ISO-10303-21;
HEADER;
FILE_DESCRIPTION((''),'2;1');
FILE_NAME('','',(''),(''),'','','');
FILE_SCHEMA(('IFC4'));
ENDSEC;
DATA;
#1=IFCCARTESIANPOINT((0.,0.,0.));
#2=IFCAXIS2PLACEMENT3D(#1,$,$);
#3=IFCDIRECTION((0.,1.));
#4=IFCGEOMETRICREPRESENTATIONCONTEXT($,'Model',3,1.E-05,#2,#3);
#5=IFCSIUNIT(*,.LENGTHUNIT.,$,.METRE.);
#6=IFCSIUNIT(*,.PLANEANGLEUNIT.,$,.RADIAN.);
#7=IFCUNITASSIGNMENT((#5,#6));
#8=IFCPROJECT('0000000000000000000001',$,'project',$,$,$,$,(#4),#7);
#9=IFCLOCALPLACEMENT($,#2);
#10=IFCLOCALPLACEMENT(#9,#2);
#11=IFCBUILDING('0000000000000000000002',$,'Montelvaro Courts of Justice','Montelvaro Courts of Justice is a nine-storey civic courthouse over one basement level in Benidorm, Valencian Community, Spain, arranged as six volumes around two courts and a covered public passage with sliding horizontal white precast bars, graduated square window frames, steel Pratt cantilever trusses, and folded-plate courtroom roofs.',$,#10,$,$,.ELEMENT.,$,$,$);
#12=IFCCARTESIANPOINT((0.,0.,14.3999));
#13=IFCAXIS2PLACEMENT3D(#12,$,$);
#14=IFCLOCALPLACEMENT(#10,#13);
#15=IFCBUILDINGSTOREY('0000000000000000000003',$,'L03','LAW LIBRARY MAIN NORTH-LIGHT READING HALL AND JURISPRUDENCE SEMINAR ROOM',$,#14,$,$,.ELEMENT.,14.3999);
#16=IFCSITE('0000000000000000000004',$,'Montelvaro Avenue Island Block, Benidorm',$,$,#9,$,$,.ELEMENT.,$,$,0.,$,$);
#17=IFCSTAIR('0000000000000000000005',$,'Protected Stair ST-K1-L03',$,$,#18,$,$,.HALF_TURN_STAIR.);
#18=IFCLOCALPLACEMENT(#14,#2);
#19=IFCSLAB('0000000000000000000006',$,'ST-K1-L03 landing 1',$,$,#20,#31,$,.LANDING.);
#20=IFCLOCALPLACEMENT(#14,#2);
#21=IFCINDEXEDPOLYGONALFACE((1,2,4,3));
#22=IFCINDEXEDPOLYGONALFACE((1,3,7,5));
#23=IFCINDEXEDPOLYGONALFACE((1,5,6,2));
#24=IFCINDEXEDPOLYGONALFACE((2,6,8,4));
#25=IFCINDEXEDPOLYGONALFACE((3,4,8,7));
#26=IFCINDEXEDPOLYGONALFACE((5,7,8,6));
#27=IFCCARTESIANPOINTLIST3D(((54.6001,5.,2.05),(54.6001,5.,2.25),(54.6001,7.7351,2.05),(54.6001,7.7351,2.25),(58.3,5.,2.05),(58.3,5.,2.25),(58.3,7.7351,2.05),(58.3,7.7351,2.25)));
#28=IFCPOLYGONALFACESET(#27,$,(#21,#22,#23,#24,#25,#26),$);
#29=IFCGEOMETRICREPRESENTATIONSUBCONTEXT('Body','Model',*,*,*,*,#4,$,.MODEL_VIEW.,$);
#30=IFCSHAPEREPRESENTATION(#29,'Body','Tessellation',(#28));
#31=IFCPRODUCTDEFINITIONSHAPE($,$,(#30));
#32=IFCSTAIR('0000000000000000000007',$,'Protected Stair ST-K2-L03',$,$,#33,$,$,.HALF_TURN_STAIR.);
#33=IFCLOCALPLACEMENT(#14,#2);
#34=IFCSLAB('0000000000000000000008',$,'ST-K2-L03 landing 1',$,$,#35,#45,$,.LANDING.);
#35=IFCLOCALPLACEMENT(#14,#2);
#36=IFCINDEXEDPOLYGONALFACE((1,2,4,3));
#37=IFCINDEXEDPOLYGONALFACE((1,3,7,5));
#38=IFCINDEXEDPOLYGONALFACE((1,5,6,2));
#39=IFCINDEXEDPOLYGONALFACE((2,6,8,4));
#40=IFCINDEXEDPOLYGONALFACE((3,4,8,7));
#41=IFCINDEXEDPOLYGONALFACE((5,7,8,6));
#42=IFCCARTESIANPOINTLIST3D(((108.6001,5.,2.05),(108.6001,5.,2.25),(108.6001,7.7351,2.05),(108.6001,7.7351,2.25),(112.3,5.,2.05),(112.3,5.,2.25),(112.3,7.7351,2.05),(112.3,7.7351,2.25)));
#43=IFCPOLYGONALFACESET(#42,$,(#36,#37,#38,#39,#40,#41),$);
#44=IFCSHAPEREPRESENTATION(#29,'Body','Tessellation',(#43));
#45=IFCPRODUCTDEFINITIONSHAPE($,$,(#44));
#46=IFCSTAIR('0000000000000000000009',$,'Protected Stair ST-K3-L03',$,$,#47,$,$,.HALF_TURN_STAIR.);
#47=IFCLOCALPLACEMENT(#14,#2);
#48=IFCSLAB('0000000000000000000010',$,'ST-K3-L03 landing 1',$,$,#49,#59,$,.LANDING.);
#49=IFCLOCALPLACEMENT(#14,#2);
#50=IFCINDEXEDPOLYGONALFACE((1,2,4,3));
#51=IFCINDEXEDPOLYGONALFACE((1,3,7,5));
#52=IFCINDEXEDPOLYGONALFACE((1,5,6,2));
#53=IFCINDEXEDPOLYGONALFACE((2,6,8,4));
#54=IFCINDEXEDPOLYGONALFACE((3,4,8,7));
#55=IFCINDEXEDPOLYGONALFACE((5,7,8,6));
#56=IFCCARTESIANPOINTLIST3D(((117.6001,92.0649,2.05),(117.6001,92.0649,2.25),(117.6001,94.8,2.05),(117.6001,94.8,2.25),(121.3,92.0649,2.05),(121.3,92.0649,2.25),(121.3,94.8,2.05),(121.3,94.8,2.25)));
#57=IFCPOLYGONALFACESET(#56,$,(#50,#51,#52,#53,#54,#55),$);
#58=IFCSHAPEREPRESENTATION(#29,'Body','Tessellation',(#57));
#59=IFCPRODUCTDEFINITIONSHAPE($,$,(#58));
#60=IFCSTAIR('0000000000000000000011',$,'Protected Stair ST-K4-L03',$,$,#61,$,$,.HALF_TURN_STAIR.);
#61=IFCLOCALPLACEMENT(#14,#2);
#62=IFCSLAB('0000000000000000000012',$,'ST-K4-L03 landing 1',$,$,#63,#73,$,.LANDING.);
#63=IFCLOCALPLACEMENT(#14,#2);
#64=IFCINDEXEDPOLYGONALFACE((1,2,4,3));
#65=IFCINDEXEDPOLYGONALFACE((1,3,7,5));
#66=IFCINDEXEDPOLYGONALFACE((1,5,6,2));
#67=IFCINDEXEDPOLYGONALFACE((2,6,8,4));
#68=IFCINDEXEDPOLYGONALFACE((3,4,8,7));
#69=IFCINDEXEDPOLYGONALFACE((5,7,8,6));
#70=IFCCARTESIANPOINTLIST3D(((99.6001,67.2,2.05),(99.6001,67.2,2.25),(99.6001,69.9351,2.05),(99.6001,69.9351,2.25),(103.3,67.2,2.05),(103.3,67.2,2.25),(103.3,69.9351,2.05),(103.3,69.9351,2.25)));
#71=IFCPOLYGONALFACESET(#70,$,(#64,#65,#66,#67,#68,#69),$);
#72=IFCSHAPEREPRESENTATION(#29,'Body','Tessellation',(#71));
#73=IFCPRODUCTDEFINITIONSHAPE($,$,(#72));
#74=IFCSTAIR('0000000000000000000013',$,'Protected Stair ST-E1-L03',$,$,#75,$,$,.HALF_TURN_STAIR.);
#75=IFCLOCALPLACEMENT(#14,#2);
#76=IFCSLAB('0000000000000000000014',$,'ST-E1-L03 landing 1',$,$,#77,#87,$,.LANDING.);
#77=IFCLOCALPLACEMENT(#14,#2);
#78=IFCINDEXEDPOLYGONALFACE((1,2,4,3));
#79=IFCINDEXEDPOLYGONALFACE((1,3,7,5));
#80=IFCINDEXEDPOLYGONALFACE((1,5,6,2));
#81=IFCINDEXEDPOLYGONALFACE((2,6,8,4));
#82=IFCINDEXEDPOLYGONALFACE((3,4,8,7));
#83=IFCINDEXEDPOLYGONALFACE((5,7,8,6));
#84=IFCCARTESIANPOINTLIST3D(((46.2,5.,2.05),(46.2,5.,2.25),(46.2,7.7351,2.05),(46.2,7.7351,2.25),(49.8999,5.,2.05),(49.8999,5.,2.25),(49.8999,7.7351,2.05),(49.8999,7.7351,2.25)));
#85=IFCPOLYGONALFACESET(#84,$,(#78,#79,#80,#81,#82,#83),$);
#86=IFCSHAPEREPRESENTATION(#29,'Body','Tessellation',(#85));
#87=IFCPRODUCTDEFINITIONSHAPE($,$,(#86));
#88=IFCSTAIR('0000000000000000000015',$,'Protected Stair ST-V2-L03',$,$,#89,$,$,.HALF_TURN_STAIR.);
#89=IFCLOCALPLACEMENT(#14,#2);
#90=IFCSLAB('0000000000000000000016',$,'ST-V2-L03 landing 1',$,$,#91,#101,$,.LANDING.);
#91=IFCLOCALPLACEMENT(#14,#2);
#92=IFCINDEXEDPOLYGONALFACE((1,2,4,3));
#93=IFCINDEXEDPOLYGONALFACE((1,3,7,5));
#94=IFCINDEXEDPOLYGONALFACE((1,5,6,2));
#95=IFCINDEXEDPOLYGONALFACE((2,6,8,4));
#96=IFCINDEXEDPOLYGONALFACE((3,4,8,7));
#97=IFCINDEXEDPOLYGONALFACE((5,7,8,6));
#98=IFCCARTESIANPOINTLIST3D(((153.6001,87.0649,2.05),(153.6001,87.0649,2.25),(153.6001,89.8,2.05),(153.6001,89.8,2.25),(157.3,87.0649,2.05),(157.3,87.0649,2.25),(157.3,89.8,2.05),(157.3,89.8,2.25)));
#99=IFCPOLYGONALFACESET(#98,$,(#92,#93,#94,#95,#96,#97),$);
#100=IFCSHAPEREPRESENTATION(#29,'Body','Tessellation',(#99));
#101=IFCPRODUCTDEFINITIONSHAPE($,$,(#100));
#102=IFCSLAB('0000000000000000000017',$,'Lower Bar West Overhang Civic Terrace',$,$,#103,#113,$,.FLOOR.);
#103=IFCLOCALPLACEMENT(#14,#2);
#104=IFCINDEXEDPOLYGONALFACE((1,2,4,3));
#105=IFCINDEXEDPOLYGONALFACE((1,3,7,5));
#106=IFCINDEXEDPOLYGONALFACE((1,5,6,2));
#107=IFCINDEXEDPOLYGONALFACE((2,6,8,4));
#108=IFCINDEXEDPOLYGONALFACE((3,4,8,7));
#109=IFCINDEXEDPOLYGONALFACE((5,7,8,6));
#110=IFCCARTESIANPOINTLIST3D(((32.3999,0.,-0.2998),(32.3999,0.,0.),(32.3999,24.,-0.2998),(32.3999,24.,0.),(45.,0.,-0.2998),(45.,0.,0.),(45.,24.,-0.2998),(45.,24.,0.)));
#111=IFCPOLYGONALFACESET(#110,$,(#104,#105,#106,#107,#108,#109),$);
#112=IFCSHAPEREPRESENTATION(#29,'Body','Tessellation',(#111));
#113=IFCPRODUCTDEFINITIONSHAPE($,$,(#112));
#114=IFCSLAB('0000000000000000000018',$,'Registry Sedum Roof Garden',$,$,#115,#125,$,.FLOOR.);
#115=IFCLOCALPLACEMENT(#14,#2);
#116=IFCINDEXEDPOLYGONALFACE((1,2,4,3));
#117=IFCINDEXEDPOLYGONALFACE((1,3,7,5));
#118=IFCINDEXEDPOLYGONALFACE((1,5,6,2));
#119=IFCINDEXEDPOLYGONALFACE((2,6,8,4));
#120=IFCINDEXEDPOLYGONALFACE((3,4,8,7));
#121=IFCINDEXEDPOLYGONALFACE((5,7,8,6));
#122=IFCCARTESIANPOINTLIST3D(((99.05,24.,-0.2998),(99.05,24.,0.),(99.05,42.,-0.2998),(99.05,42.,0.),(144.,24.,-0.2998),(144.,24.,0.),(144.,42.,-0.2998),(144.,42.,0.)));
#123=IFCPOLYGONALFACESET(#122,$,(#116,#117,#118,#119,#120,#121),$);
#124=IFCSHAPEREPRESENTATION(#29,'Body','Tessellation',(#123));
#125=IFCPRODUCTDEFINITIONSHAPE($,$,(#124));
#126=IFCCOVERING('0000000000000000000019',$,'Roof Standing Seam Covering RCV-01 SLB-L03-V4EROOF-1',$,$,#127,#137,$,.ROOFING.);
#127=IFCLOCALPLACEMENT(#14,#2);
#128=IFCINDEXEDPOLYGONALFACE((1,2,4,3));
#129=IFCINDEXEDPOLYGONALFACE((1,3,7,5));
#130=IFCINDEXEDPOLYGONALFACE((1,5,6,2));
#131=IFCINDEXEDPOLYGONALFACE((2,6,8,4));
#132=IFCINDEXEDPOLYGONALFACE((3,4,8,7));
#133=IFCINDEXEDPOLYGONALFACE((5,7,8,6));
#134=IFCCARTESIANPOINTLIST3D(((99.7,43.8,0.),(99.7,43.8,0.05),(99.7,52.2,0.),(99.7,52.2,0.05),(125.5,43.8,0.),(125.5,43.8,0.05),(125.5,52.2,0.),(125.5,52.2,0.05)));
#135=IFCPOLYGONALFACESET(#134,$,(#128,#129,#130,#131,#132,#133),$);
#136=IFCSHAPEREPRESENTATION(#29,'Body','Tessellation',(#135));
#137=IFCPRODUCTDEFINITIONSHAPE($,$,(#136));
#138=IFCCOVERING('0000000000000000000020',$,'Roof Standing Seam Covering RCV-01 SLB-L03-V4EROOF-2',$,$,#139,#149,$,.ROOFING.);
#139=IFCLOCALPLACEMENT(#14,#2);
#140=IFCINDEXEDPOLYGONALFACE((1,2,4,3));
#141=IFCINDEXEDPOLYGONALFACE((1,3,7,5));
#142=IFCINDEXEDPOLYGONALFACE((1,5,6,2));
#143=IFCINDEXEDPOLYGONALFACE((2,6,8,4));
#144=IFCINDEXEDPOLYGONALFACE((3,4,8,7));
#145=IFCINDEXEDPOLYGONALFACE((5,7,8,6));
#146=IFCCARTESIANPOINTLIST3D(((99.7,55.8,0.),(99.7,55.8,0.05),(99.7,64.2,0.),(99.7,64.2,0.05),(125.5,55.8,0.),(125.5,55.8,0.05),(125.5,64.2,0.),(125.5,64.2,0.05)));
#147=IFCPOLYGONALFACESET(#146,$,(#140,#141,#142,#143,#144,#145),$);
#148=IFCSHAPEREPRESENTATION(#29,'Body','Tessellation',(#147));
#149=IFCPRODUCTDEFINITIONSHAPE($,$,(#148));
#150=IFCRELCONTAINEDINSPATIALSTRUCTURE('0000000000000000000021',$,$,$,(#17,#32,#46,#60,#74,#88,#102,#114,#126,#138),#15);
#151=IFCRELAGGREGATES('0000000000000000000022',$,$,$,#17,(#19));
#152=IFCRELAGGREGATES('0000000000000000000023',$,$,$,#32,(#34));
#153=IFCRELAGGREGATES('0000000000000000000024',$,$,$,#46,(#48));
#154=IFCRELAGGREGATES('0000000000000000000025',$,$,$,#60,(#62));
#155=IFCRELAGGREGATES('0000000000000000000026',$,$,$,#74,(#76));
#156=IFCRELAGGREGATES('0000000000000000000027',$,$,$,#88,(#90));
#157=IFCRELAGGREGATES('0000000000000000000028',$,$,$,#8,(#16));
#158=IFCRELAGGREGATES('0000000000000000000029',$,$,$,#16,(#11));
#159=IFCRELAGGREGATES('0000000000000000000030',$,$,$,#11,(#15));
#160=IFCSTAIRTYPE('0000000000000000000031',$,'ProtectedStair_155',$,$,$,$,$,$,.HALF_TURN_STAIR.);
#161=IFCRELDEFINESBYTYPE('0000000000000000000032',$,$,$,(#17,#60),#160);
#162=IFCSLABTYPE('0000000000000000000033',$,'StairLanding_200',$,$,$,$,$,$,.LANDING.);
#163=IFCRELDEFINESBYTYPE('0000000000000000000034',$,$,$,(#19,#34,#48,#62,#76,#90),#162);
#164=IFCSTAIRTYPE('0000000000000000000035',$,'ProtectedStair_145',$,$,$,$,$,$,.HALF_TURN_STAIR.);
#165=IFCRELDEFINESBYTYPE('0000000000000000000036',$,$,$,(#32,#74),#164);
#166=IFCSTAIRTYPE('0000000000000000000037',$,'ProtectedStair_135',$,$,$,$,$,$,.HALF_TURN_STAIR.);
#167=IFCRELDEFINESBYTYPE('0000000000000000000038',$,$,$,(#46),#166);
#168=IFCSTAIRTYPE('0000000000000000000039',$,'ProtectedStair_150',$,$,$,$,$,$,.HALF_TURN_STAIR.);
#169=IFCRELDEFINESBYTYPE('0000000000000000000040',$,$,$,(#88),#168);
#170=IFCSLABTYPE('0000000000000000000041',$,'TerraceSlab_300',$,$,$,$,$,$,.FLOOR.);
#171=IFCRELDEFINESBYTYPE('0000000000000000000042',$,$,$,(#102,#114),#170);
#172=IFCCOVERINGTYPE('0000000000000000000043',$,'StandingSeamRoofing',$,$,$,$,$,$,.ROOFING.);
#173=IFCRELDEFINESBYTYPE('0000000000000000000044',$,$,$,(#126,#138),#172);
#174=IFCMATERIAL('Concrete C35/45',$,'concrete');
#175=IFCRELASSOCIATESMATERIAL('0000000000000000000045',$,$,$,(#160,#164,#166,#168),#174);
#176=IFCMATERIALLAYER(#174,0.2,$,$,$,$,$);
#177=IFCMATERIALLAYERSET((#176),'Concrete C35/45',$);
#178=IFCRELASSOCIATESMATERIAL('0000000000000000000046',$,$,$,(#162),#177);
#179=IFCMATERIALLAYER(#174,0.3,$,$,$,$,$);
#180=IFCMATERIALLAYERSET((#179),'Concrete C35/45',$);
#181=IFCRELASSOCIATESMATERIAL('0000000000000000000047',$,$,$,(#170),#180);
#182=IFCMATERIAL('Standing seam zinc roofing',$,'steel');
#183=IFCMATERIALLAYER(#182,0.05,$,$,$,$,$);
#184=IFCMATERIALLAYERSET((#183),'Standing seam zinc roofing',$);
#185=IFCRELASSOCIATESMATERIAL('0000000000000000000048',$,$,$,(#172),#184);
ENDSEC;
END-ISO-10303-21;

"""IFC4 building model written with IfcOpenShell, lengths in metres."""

from ifc_helpers import new_model, si_unit, direction, frame, origin, place, context, subcontext, project, spatial, polyline, outline, extrude, material, layer, layer_set, type_object, element, aggregate, save


model = new_model("IFC4")

# Units and contexts
model_context = context("Model", 3, precision=1e-05, world=origin(), true_north=direction((0.0, 1.0)))
body_context = subcontext(model_context, "Body", "Model", "MODEL_VIEW")
ifc_project = project(units=[si_unit("LENGTHUNIT", "METRE"), si_unit("PLANEANGLEUNIT", "RADIAN")], contexts=[model_context])

# Site, building, storey
site_placement = place(None, origin())
site = spatial("IfcSite", under=ifc_project, at=site_placement, Name="Montelvaro Avenue Island Block, Benidorm", CompositionType="ELEMENT", RefElevation=0.0)
building_placement = place(site_placement, origin())
building = spatial("IfcBuilding", under=site, at=building_placement, Name="Montelvaro Courts of Justice", Description="Montelvaro Courts of Justice is a nine-storey civic courthouse over one basement level in Benidorm, Valencian Community, Spain, arranged as six volumes around two courts and a covered public passage with sliding horizontal white precast bars, graduated square window frames, steel Pratt cantilever trusses, and folded-plate courtroom roofs.", CompositionType="ELEMENT")
storey_placement = place(building_placement, frame((0.0, 0.0, 14.3999)))
storey = spatial("IfcBuildingStorey", under=building, at=storey_placement, Name="L03", Description="LAW LIBRARY MAIN NORTH-LIGHT READING HALL AND JURISPRUDENCE SEMINAR ROOM", CompositionType="ELEMENT", Elevation=14.3999)

# Shared definitions
ifc_material_1 = material(Name="Concrete C35/45", Category="concrete")

# Stairs, slabs
stair_type_1 = type_object("IfcStairType", Name="ProtectedStair_155", PredefinedType="HALF_TURN_STAIR", material=ifc_material_1)
stair_1_placement = place(storey_placement, origin())
stair_1 = element("IfcStair", 1, at=stair_1_placement, inside=storey, type_object=stair_type_1, Name="Protected Stair ST-K1-L03", PredefinedType="HALF_TURN_STAIR")
ifc_layer_1 = layer(ifc_material_1, 0.2)
ifc_layer_set_1 = layer_set([ifc_layer_1], Name="Concrete C35/45")
slab_type_1 = type_object("IfcSlabType", Name="StairLanding_200", PredefinedType="LANDING", material=ifc_layer_set_1)
slab_1_placement = place(storey_placement, frame((0.0, 0.0, 2.05)))
slab_1 = element("IfcSlab", 2, at=slab_1_placement, type_object=slab_type_1, Name="ST-K1-L03 landing 1", PredefinedType="LANDING", context=body_context, shape_type="SweptSolid", body=[
    extrude(outline(polyline([(54.6001, 5.0), (58.3, 5.0), (58.3, 7.7351), (54.6001, 7.7351), (54.6001, 5.0)])), origin(), (0.0, 0.0, 1.0), 0.2),
])
aggregate(stair_1, [slab_1])
stair_type_2 = type_object("IfcStairType", Name="ProtectedStair_145", PredefinedType="HALF_TURN_STAIR", material=ifc_material_1)
stair_2_placement = place(storey_placement, origin())
stair_2 = element("IfcStair", 3, at=stair_2_placement, inside=storey, type_object=stair_type_2, Name="Protected Stair ST-K2-L03", PredefinedType="HALF_TURN_STAIR")
slab_2_placement = place(storey_placement, frame((0.0, 0.0, 2.05)))
slab_2 = element("IfcSlab", 4, at=slab_2_placement, type_object=slab_type_1, Name="ST-K2-L03 landing 1", PredefinedType="LANDING", context=body_context, shape_type="SweptSolid", body=[
    extrude(outline(polyline([(108.6001, 5.0), (112.3, 5.0), (112.3, 7.7351), (108.6001, 7.7351), (108.6001, 5.0)])), origin(), (0.0, 0.0, 1.0), 0.2),
])
aggregate(stair_2, [slab_2])
stair_type_3 = type_object("IfcStairType", Name="ProtectedStair_135", PredefinedType="HALF_TURN_STAIR", material=ifc_material_1)
stair_3_placement = place(storey_placement, origin())
stair_3 = element("IfcStair", 5, at=stair_3_placement, inside=storey, type_object=stair_type_3, Name="Protected Stair ST-K3-L03", PredefinedType="HALF_TURN_STAIR")
slab_3_placement = place(storey_placement, frame((0.0, 0.0, 2.05)))
slab_3 = element("IfcSlab", 6, at=slab_3_placement, type_object=slab_type_1, Name="ST-K3-L03 landing 1", PredefinedType="LANDING", context=body_context, shape_type="SweptSolid", body=[
    extrude(outline(polyline([(117.6001, 92.0649), (121.3, 92.0649), (121.3, 94.8), (117.6001, 94.8), (117.6001, 92.0649)])), origin(), (0.0, 0.0, 1.0), 0.2),
])
aggregate(stair_3, [slab_3])
stair_4_placement = place(storey_placement, origin())
stair_4 = element("IfcStair", 7, at=stair_4_placement, inside=storey, type_object=stair_type_1, Name="Protected Stair ST-K4-L03", PredefinedType="HALF_TURN_STAIR")
slab_4_placement = place(storey_placement, frame((0.0, 0.0, 2.05)))
slab_4 = element("IfcSlab", 8, at=slab_4_placement, type_object=slab_type_1, Name="ST-K4-L03 landing 1", PredefinedType="LANDING", context=body_context, shape_type="SweptSolid", body=[
    extrude(outline(polyline([(99.6001, 67.2), (103.3, 67.2), (103.3, 69.9351), (99.6001, 69.9351), (99.6001, 67.2)])), origin(), (0.0, 0.0, 1.0), 0.2),
])
aggregate(stair_4, [slab_4])
stair_5_placement = place(storey_placement, origin())
stair_5 = element("IfcStair", 9, at=stair_5_placement, inside=storey, type_object=stair_type_2, Name="Protected Stair ST-E1-L03", PredefinedType="HALF_TURN_STAIR")
slab_5_placement = place(storey_placement, frame((0.0, 0.0, 2.05)))
slab_5 = element("IfcSlab", 10, at=slab_5_placement, type_object=slab_type_1, Name="ST-E1-L03 landing 1", PredefinedType="LANDING", context=body_context, shape_type="SweptSolid", body=[
    extrude(outline(polyline([(46.2, 5.0), (49.8999, 5.0), (49.8999, 7.7351), (46.2, 7.7351), (46.2, 5.0)])), origin(), (0.0, 0.0, 1.0), 0.2),
])
aggregate(stair_5, [slab_5])
stair_type_4 = type_object("IfcStairType", Name="ProtectedStair_150", PredefinedType="HALF_TURN_STAIR", material=ifc_material_1)
stair_6_placement = place(storey_placement, origin())
stair_6 = element("IfcStair", 11, at=stair_6_placement, inside=storey, type_object=stair_type_4, Name="Protected Stair ST-V2-L03", PredefinedType="HALF_TURN_STAIR")
slab_6_placement = place(storey_placement, frame((0.0, 0.0, 2.05)))
slab_6 = element("IfcSlab", 12, at=slab_6_placement, type_object=slab_type_1, Name="ST-V2-L03 landing 1", PredefinedType="LANDING", context=body_context, shape_type="SweptSolid", body=[
    extrude(outline(polyline([(153.6001, 87.0649), (157.3, 87.0649), (157.3, 89.8), (153.6001, 89.8), (153.6001, 87.0649)])), origin(), (0.0, 0.0, 1.0), 0.2),
])
aggregate(stair_6, [slab_6])

# Slabs
ifc_layer_2 = layer(ifc_material_1, 0.3)
ifc_layer_set_2 = layer_set([ifc_layer_2], Name="Concrete C35/45")
slab_type_2 = type_object("IfcSlabType", Name="TerraceSlab_300", PredefinedType="FLOOR", material=ifc_layer_set_2)
slab_7_placement = place(storey_placement, frame((0.0, 0.0, -0.2998)))
element("IfcSlab", 13, at=slab_7_placement, inside=storey, type_object=slab_type_2, Name="Lower Bar West Overhang Civic Terrace", PredefinedType="FLOOR", context=body_context, shape_type="SweptSolid", body=[
    extrude(outline(polyline([(32.3999, 0.0), (45.0, 0.0), (45.0, 24.0), (32.3999, 24.0), (32.3999, 0.0)])), origin(), (0.0, 0.0, 1.0), 0.2998),
])
slab_8_placement = place(storey_placement, frame((0.0, 0.0, -0.2998)))
element("IfcSlab", 14, at=slab_8_placement, inside=storey, type_object=slab_type_2, Name="Registry Sedum Roof Garden", PredefinedType="FLOOR", context=body_context, shape_type="SweptSolid", body=[
    extrude(outline(polyline([(99.05, 24.0), (144.0, 24.0), (144.0, 42.0), (99.05, 42.0), (99.05, 24.0)])), origin(), (0.0, 0.0, 1.0), 0.2998),
])

# Coverings
ifc_material_2 = material(Name="Standing seam zinc roofing", Category="steel")
ifc_layer_3 = layer(ifc_material_2, 0.05)
ifc_layer_set_3 = layer_set([ifc_layer_3], Name="Standing seam zinc roofing")
covering_type = type_object("IfcCoveringType", Name="StandingSeamRoofing", PredefinedType="ROOFING", material=ifc_layer_set_3)
covering_1_placement = place(storey_placement, origin())
element("IfcCovering", 15, at=covering_1_placement, inside=storey, type_object=covering_type, Name="Roof Standing Seam Covering RCV-01 SLB-L03-V4EROOF-1", PredefinedType="ROOFING", context=body_context, shape_type="SweptSolid", body=[
    extrude(outline(polyline([(99.7, 43.8), (125.5, 43.8), (125.5, 52.2), (99.7, 52.2), (99.7, 43.8)])), origin(), (0.0, 0.0, 1.0), 0.05),
])
covering_2_placement = place(storey_placement, origin())
element("IfcCovering", 16, at=covering_2_placement, inside=storey, type_object=covering_type, Name="Roof Standing Seam Covering RCV-01 SLB-L03-V4EROOF-2", PredefinedType="ROOFING", context=body_context, shape_type="SweptSolid", body=[
    extrude(outline(polyline([(99.7, 55.8), (125.5, 55.8), (125.5, 64.2), (99.7, 64.2), (99.7, 55.8)])), origin(), (0.0, 0.0, 1.0), 0.05),
])

save(model, "model.ifc")
